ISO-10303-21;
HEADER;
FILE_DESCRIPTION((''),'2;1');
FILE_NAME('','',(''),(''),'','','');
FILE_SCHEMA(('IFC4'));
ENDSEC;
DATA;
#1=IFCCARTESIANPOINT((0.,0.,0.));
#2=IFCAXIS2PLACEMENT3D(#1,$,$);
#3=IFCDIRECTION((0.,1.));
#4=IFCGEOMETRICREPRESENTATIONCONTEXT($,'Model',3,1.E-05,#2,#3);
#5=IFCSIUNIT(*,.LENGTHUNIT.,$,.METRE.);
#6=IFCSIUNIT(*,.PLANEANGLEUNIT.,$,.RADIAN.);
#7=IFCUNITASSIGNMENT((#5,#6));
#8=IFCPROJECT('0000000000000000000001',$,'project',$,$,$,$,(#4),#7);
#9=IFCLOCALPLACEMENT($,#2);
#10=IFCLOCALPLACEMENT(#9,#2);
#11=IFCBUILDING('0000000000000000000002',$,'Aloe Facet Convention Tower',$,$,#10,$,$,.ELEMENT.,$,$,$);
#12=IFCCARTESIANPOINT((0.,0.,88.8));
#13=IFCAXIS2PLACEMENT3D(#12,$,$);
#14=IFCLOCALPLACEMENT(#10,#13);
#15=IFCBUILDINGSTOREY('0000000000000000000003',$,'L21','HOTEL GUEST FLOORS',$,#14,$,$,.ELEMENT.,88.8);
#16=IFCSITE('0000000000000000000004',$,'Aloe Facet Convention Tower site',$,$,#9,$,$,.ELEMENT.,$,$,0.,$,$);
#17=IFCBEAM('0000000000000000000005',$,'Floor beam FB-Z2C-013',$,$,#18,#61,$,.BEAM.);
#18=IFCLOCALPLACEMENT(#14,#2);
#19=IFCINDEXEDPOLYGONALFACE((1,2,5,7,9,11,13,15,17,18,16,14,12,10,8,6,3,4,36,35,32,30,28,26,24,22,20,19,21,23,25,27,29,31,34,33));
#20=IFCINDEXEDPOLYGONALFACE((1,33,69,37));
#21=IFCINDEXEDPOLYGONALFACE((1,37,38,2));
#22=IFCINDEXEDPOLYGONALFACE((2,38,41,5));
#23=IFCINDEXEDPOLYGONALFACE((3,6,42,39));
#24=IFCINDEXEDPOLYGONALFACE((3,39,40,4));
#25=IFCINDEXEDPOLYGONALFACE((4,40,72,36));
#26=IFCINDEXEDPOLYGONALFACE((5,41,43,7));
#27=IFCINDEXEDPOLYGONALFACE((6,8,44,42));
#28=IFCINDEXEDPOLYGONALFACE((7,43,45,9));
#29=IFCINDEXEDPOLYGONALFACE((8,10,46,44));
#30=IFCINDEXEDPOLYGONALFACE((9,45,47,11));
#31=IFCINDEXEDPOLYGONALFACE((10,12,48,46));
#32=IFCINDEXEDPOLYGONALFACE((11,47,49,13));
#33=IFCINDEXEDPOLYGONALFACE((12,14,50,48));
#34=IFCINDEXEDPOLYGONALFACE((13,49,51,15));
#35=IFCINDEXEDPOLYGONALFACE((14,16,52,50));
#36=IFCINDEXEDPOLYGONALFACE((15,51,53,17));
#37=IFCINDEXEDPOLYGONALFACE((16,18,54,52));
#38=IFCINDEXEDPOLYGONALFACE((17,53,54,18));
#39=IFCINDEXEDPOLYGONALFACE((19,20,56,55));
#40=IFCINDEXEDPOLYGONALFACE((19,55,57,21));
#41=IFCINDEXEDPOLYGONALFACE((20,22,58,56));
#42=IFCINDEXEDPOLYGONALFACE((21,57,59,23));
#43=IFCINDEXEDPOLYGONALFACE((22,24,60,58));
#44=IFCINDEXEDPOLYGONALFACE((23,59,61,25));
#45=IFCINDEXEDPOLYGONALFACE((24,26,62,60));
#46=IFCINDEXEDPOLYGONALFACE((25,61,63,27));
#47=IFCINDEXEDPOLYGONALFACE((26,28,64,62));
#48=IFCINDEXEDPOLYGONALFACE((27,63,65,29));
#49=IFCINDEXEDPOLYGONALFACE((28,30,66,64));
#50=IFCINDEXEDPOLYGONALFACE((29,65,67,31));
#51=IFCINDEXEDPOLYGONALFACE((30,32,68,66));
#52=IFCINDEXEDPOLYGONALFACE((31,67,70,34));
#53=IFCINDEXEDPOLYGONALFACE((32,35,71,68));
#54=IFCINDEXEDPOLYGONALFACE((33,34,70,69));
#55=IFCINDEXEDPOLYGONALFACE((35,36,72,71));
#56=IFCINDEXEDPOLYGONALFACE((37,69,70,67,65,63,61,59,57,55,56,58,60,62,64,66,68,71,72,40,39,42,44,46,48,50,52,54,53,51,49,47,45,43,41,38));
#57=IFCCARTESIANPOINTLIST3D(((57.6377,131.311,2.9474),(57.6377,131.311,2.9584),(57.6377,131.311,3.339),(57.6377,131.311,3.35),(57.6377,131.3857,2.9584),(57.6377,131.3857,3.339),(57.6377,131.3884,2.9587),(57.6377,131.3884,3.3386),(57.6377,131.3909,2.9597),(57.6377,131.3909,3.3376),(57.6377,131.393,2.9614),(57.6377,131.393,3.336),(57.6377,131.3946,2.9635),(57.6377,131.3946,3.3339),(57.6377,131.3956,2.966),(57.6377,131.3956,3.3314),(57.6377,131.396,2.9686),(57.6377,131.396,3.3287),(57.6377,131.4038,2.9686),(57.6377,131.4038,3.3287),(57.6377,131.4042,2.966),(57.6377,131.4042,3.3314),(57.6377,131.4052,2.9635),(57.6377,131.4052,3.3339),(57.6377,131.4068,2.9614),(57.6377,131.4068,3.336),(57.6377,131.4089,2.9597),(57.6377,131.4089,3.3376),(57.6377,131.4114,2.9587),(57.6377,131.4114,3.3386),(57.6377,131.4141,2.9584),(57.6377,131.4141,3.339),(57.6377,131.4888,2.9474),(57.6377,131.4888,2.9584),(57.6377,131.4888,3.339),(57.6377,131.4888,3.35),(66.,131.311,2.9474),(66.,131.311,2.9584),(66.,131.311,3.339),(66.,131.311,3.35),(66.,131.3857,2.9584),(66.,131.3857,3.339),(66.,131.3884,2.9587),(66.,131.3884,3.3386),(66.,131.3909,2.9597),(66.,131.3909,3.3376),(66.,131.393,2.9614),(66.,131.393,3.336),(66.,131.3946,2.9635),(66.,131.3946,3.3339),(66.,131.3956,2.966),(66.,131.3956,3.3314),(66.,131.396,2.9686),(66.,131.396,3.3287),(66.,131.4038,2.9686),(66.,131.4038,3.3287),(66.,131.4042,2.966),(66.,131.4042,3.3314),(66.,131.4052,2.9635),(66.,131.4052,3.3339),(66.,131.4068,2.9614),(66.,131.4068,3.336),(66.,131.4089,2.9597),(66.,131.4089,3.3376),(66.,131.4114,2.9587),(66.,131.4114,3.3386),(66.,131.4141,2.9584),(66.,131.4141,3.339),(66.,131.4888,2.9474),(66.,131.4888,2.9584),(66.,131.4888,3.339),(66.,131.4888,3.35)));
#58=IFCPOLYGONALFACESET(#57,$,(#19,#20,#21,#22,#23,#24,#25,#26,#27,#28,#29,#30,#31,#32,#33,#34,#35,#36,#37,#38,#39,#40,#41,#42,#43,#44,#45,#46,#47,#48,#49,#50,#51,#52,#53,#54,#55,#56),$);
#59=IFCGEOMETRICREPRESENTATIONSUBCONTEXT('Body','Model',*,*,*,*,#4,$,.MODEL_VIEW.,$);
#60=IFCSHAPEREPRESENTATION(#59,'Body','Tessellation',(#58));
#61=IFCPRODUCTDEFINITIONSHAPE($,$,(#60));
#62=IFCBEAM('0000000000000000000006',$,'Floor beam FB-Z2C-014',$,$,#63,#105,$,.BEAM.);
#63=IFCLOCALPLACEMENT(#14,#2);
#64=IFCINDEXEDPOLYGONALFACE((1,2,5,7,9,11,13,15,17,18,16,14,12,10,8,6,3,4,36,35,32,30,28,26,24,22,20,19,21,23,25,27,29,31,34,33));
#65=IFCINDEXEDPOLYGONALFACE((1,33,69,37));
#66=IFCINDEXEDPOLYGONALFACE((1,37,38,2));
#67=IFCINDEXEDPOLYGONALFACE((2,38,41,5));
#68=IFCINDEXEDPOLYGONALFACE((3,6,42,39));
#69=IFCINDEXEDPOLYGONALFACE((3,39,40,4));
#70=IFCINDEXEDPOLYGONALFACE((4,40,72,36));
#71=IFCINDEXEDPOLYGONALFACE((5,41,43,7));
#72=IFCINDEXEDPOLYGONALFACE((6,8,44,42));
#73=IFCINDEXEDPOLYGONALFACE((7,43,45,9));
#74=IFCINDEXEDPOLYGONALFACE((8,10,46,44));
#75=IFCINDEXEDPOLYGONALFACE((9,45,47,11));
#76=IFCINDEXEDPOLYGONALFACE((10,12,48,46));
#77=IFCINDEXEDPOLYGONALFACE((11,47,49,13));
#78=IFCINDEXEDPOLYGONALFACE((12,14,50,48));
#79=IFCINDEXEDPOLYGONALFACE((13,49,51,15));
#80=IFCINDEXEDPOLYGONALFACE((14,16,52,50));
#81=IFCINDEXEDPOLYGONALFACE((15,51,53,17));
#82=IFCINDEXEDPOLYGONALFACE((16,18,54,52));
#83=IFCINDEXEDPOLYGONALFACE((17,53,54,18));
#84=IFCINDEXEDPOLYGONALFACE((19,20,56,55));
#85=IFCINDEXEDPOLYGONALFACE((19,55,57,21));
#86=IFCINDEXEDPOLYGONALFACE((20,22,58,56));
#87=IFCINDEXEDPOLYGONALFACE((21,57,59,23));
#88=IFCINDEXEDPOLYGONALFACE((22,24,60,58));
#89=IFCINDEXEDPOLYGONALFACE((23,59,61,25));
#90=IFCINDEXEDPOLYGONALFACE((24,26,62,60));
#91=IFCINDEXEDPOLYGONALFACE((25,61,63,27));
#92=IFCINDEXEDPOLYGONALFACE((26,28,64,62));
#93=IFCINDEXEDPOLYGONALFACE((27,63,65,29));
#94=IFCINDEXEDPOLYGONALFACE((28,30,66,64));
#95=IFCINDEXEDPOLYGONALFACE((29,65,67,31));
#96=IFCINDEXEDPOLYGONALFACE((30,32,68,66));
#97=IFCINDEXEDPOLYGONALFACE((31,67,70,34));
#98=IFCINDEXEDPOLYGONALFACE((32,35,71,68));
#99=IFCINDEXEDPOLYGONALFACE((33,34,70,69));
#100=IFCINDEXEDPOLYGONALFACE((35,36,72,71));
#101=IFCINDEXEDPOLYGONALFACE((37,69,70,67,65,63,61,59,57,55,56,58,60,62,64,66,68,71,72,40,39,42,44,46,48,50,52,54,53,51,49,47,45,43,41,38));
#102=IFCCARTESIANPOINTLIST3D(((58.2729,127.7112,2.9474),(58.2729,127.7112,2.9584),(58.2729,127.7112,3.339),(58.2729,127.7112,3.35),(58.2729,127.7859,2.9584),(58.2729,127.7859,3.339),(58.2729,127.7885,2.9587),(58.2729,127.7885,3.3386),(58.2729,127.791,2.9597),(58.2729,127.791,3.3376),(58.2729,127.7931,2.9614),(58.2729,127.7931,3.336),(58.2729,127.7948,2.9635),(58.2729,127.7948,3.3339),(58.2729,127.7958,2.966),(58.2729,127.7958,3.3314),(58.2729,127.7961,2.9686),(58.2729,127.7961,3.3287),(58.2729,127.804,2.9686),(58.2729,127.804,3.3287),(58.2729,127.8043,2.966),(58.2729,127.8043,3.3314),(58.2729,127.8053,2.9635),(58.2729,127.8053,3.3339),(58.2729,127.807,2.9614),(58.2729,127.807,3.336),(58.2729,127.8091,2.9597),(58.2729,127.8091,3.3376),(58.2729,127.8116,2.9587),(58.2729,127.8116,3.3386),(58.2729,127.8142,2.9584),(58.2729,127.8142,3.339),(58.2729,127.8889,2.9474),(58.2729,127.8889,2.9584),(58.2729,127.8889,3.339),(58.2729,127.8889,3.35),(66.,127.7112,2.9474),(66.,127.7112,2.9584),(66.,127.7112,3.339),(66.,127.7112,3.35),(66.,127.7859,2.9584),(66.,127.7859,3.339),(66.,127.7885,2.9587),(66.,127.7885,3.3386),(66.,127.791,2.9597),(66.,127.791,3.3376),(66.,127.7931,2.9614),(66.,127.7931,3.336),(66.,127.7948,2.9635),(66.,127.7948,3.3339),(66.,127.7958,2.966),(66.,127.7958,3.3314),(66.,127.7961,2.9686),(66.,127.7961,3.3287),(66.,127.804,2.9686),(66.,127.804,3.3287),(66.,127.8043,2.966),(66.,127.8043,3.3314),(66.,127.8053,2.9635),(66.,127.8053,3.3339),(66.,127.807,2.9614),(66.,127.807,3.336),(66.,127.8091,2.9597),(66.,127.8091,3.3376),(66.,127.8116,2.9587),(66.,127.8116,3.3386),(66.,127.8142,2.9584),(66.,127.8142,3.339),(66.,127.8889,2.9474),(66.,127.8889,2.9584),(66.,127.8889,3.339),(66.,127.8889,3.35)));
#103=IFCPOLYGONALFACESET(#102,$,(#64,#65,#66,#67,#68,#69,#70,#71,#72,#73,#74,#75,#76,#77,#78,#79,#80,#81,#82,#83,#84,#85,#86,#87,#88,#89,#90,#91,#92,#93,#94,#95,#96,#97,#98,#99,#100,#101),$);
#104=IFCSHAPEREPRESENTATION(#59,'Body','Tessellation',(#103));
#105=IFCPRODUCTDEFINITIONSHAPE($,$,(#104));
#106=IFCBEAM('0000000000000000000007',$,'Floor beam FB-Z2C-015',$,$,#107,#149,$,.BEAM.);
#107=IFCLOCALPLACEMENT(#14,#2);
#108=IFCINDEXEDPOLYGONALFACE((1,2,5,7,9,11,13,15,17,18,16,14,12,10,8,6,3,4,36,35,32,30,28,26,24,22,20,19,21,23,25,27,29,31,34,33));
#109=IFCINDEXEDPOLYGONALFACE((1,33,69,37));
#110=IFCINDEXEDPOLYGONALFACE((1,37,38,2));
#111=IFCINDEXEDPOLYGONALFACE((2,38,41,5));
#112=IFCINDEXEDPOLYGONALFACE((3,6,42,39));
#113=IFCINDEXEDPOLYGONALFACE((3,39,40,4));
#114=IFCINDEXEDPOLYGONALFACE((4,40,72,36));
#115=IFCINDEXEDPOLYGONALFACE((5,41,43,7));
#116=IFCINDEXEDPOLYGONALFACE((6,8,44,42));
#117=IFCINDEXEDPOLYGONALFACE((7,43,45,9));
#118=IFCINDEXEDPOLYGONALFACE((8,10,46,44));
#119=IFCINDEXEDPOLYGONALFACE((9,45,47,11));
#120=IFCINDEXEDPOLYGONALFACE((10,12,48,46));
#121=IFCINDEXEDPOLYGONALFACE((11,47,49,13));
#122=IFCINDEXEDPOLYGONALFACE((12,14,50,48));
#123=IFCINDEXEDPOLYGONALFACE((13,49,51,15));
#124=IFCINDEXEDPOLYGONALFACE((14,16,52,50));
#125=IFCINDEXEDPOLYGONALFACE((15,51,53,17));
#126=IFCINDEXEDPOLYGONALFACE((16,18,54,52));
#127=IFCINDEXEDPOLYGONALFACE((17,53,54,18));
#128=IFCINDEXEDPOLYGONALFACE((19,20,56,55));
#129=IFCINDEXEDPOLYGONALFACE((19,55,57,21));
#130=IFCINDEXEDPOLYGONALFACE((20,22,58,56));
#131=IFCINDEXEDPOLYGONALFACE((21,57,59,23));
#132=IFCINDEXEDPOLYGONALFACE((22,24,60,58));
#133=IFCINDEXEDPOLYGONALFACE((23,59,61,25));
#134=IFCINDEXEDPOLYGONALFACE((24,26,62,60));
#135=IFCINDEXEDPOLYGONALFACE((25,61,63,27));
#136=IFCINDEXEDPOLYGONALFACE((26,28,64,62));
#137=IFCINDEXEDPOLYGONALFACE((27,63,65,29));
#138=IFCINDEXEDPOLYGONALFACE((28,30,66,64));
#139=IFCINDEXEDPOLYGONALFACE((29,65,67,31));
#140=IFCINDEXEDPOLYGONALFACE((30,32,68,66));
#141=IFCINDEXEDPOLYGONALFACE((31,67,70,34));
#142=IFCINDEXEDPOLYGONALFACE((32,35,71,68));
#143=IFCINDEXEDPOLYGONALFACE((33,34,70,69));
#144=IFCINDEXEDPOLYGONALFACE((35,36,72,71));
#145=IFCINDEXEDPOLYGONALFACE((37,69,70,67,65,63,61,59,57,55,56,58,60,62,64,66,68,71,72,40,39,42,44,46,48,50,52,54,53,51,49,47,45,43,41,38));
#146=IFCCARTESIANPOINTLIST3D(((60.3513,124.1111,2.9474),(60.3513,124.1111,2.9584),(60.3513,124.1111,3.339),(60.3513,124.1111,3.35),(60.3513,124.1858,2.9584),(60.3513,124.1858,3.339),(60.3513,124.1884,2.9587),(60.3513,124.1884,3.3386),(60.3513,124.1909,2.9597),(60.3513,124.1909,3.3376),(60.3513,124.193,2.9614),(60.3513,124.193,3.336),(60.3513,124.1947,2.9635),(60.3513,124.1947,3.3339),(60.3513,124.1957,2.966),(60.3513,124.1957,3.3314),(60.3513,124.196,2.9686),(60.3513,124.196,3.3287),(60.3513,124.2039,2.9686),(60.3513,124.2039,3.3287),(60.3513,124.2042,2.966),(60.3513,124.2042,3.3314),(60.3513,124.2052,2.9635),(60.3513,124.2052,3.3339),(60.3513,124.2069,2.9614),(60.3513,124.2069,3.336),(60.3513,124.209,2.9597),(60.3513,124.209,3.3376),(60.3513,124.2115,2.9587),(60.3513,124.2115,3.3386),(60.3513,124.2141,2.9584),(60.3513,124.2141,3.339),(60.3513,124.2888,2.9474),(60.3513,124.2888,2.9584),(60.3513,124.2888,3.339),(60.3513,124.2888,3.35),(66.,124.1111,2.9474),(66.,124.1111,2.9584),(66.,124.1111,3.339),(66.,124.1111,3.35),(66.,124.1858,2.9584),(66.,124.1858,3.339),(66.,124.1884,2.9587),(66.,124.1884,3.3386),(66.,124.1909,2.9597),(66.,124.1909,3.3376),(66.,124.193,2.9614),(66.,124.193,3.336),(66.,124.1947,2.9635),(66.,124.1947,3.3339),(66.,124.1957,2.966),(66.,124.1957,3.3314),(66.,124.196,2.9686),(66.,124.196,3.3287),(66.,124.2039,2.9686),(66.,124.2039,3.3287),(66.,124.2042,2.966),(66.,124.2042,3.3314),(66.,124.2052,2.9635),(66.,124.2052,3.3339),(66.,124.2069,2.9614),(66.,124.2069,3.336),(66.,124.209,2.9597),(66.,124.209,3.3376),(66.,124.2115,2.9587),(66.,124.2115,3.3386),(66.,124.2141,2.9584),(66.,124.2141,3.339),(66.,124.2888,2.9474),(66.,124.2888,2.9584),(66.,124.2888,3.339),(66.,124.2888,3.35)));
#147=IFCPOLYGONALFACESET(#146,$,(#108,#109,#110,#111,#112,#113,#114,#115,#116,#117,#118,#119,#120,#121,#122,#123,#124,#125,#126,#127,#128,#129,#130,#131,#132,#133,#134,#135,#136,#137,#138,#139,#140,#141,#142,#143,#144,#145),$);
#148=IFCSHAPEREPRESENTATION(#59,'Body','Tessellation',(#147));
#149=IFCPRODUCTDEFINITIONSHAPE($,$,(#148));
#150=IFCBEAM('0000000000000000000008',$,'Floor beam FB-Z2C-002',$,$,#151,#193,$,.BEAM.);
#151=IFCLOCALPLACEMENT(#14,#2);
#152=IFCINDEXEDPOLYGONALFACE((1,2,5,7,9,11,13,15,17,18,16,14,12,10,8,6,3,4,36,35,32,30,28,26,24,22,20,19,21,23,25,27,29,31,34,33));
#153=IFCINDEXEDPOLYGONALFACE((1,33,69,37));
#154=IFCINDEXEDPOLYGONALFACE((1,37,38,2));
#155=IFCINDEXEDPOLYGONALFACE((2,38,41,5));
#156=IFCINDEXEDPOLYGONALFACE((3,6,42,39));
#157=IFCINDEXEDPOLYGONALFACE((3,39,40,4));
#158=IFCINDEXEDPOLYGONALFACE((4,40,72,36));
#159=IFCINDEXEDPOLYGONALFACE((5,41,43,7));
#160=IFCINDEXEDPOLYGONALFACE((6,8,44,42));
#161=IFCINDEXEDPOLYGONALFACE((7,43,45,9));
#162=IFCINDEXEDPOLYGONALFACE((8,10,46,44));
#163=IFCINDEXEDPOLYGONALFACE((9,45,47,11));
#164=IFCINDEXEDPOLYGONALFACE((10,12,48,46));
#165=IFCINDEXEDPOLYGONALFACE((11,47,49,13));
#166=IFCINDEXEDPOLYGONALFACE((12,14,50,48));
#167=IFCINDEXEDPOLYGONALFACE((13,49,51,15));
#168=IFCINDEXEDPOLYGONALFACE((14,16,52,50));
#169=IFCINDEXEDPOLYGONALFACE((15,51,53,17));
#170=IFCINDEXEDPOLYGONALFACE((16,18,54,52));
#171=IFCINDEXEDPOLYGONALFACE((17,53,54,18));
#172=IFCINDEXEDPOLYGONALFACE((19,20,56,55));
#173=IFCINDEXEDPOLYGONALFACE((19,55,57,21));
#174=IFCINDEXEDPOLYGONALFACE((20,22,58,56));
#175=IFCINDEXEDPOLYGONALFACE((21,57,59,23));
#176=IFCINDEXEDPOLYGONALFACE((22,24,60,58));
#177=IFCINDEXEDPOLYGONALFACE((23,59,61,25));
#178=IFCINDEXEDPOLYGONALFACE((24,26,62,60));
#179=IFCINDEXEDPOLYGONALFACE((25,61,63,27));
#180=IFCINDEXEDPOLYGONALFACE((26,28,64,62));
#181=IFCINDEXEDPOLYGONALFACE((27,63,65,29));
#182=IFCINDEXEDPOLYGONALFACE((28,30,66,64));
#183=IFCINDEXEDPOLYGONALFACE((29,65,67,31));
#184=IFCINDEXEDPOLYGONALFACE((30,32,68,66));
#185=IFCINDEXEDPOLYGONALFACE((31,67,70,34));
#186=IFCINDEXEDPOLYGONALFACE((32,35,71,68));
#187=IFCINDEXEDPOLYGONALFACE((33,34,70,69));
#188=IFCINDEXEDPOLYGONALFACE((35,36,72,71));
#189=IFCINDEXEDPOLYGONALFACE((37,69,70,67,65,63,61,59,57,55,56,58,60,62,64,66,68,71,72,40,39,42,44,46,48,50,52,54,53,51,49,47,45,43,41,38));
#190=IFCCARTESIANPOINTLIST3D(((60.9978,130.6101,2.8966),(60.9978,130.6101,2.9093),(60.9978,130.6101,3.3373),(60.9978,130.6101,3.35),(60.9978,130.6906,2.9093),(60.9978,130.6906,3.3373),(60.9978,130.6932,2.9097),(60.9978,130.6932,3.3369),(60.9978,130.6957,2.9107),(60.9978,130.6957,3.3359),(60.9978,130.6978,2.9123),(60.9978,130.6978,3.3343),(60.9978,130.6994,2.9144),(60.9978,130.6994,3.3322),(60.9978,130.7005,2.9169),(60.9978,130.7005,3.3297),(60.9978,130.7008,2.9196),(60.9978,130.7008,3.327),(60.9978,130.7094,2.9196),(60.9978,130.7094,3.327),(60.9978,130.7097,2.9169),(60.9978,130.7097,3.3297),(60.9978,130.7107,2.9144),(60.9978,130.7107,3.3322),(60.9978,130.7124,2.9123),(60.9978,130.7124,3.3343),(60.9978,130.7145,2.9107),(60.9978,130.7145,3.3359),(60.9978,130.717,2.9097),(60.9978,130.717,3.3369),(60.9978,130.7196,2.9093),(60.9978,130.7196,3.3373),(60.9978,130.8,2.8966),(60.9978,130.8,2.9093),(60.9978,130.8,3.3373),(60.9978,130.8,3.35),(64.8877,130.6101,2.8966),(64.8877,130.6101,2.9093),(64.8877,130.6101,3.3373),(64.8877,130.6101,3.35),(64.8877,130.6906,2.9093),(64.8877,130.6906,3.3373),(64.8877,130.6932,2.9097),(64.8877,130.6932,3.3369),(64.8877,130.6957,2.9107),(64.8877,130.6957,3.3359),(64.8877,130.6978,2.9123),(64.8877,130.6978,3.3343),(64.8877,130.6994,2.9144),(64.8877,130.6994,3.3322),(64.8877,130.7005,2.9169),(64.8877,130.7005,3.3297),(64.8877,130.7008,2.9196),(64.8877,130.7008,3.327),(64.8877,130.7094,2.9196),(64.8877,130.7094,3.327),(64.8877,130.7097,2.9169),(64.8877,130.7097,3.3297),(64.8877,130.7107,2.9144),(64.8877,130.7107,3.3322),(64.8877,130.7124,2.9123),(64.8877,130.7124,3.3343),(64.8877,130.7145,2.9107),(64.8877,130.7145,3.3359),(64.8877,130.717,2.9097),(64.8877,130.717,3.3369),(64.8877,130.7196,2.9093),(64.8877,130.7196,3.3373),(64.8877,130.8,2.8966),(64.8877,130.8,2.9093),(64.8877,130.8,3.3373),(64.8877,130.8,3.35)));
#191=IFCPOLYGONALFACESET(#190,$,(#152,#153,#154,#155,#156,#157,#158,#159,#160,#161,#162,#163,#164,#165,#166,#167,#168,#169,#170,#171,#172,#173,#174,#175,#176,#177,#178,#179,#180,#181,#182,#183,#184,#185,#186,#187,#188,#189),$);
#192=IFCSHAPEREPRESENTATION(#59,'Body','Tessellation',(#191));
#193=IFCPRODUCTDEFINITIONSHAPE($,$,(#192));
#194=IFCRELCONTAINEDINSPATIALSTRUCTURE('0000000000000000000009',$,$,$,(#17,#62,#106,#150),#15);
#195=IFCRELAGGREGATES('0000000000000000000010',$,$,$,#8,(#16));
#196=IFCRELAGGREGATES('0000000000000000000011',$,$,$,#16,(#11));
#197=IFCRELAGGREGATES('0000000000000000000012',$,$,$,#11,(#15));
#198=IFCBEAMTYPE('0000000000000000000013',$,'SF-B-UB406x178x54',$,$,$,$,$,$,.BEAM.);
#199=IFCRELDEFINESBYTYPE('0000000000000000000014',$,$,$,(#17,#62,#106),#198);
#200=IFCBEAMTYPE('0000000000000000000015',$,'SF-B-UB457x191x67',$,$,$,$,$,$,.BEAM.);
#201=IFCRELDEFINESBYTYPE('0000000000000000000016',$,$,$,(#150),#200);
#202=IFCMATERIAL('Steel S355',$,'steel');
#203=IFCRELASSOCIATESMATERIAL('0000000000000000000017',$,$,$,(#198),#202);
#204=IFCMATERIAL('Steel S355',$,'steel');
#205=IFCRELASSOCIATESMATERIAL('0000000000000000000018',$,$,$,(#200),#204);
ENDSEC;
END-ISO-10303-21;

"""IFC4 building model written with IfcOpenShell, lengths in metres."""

from ifc_helpers import new_model, si_unit, direction, frame, origin, origin_2d, place, context, subcontext, project, spatial, i_section, extrude, material, material_profile, profile_set, type_object, element, save


model = new_model("IFC4")

# Units and contexts
model_context = context("Model", 3, precision=1e-05, world=origin(), true_north=direction((0.0, 1.0)))
body_context = subcontext(model_context, "Body", "Model", "MODEL_VIEW")
ifc_project = project(units=[si_unit("LENGTHUNIT", "METRE"), si_unit("PLANEANGLEUNIT", "RADIAN")], contexts=[model_context])

# Site, building, storey
site_placement = place(None, origin())
site = spatial("IfcSite", under=ifc_project, at=site_placement, Name="Aloe Facet Convention Tower site", CompositionType="ELEMENT", RefElevation=0.0)
building_placement = place(site_placement, origin())
building = spatial("IfcBuilding", under=site, at=building_placement, Name="Aloe Facet Convention Tower", CompositionType="ELEMENT")
storey_placement = place(building_placement, frame((0.0, 0.0, 88.8)))
storey = spatial("IfcBuildingStorey", under=building, at=storey_placement, Name="L21", Description="HOTEL GUEST FLOORS", CompositionType="ELEMENT", Elevation=88.8)

# Beams
ifc_material_1 = material(Name="Steel S355", Category="steel")
ifc_material_profile_1 = material_profile(ifc_material_1, i_section(OverallWidth=0.1777, OverallDepth=0.4026, WebThickness=0.0078, FlangeThickness=0.011, FilletRadius=0.0103, at=origin_2d()), Name="UB 406x178x54")
ifc_profile_set_1 = profile_set([ifc_material_profile_1], Name="Steel S355")
beam_type_1 = type_object("IfcBeamType", Name="SF-B-UB406x178x54", PredefinedType="BEAM", material=ifc_profile_set_1)
beam_1_placement = place(storey_placement, frame((57.6377, 131.3999, 3.1487), z_axis=(1.0, 0.0, 0.0), x_axis=(0.0, 1.0, 0.0)))
element("IfcBeam", 1, at=beam_1_placement, inside=storey, type_object=beam_type_1, Name="Floor beam FB-Z2C-013", PredefinedType="BEAM", context=body_context, shape_type="SweptSolid", body=[
    extrude(i_section(OverallWidth=0.1777, OverallDepth=0.4026, WebThickness=0.0078, FlangeThickness=0.011, FilletRadius=0.0103, at=origin_2d()), origin(), (0.0, 0.0, 1.0), 8.3623),
])
beam_2_placement = place(storey_placement, frame((58.2729, 127.8, 3.1487), z_axis=(1.0, 0.0, 0.0), x_axis=(0.0, 1.0, 0.0)))
element("IfcBeam", 2, at=beam_2_placement, inside=storey, type_object=beam_type_1, Name="Floor beam FB-Z2C-014", PredefinedType="BEAM", context=body_context, shape_type="SweptSolid", body=[
    extrude(i_section(OverallWidth=0.1777, OverallDepth=0.4026, WebThickness=0.0078, FlangeThickness=0.011, FilletRadius=0.0103, at=origin_2d()), origin(), (0.0, 0.0, 1.0), 7.7271),
])
beam_3_placement = place(storey_placement, frame((60.3513, 124.2, 3.1487), z_axis=(1.0, 0.0, 0.0), x_axis=(0.0, 1.0, 0.0)))
element("IfcBeam", 3, at=beam_3_placement, inside=storey, type_object=beam_type_1, Name="Floor beam FB-Z2C-015", PredefinedType="BEAM", context=body_context, shape_type="SweptSolid", body=[
    extrude(i_section(OverallWidth=0.1777, OverallDepth=0.4026, WebThickness=0.0078, FlangeThickness=0.011, FilletRadius=0.0103, at=origin_2d()), origin(), (0.0, 0.0, 1.0), 5.6487),
])
ifc_material_2 = material(Name="Steel S355", Category="steel")
ifc_material_profile_2 = material_profile(ifc_material_2, i_section(OverallWidth=0.1899, OverallDepth=0.4534, WebThickness=0.0085, FlangeThickness=0.0127, FilletRadius=0.0103, at=origin_2d()), Name="UB 457x191x67")
ifc_profile_set_2 = profile_set([ifc_material_profile_2], Name="Steel S355")
beam_type_2 = type_object("IfcBeamType", Name="SF-B-UB457x191x67", PredefinedType="BEAM", material=ifc_profile_set_2)
beam_4_placement = place(storey_placement, frame((60.9978, 130.7051, 3.1233), z_axis=(1.0, 0.0, 0.0), x_axis=(0.0, 1.0, 0.0)))
element("IfcBeam", 4, at=beam_4_placement, inside=storey, type_object=beam_type_2, Name="Floor beam FB-Z2C-002", PredefinedType="BEAM", context=body_context, shape_type="SweptSolid", body=[
    extrude(i_section(OverallWidth=0.1899, OverallDepth=0.4534, WebThickness=0.0085, FlangeThickness=0.0127, FilletRadius=0.0103, at=origin_2d()), origin(), (0.0, 0.0, 1.0), 3.8899),
])

save(model, "model.ifc")
